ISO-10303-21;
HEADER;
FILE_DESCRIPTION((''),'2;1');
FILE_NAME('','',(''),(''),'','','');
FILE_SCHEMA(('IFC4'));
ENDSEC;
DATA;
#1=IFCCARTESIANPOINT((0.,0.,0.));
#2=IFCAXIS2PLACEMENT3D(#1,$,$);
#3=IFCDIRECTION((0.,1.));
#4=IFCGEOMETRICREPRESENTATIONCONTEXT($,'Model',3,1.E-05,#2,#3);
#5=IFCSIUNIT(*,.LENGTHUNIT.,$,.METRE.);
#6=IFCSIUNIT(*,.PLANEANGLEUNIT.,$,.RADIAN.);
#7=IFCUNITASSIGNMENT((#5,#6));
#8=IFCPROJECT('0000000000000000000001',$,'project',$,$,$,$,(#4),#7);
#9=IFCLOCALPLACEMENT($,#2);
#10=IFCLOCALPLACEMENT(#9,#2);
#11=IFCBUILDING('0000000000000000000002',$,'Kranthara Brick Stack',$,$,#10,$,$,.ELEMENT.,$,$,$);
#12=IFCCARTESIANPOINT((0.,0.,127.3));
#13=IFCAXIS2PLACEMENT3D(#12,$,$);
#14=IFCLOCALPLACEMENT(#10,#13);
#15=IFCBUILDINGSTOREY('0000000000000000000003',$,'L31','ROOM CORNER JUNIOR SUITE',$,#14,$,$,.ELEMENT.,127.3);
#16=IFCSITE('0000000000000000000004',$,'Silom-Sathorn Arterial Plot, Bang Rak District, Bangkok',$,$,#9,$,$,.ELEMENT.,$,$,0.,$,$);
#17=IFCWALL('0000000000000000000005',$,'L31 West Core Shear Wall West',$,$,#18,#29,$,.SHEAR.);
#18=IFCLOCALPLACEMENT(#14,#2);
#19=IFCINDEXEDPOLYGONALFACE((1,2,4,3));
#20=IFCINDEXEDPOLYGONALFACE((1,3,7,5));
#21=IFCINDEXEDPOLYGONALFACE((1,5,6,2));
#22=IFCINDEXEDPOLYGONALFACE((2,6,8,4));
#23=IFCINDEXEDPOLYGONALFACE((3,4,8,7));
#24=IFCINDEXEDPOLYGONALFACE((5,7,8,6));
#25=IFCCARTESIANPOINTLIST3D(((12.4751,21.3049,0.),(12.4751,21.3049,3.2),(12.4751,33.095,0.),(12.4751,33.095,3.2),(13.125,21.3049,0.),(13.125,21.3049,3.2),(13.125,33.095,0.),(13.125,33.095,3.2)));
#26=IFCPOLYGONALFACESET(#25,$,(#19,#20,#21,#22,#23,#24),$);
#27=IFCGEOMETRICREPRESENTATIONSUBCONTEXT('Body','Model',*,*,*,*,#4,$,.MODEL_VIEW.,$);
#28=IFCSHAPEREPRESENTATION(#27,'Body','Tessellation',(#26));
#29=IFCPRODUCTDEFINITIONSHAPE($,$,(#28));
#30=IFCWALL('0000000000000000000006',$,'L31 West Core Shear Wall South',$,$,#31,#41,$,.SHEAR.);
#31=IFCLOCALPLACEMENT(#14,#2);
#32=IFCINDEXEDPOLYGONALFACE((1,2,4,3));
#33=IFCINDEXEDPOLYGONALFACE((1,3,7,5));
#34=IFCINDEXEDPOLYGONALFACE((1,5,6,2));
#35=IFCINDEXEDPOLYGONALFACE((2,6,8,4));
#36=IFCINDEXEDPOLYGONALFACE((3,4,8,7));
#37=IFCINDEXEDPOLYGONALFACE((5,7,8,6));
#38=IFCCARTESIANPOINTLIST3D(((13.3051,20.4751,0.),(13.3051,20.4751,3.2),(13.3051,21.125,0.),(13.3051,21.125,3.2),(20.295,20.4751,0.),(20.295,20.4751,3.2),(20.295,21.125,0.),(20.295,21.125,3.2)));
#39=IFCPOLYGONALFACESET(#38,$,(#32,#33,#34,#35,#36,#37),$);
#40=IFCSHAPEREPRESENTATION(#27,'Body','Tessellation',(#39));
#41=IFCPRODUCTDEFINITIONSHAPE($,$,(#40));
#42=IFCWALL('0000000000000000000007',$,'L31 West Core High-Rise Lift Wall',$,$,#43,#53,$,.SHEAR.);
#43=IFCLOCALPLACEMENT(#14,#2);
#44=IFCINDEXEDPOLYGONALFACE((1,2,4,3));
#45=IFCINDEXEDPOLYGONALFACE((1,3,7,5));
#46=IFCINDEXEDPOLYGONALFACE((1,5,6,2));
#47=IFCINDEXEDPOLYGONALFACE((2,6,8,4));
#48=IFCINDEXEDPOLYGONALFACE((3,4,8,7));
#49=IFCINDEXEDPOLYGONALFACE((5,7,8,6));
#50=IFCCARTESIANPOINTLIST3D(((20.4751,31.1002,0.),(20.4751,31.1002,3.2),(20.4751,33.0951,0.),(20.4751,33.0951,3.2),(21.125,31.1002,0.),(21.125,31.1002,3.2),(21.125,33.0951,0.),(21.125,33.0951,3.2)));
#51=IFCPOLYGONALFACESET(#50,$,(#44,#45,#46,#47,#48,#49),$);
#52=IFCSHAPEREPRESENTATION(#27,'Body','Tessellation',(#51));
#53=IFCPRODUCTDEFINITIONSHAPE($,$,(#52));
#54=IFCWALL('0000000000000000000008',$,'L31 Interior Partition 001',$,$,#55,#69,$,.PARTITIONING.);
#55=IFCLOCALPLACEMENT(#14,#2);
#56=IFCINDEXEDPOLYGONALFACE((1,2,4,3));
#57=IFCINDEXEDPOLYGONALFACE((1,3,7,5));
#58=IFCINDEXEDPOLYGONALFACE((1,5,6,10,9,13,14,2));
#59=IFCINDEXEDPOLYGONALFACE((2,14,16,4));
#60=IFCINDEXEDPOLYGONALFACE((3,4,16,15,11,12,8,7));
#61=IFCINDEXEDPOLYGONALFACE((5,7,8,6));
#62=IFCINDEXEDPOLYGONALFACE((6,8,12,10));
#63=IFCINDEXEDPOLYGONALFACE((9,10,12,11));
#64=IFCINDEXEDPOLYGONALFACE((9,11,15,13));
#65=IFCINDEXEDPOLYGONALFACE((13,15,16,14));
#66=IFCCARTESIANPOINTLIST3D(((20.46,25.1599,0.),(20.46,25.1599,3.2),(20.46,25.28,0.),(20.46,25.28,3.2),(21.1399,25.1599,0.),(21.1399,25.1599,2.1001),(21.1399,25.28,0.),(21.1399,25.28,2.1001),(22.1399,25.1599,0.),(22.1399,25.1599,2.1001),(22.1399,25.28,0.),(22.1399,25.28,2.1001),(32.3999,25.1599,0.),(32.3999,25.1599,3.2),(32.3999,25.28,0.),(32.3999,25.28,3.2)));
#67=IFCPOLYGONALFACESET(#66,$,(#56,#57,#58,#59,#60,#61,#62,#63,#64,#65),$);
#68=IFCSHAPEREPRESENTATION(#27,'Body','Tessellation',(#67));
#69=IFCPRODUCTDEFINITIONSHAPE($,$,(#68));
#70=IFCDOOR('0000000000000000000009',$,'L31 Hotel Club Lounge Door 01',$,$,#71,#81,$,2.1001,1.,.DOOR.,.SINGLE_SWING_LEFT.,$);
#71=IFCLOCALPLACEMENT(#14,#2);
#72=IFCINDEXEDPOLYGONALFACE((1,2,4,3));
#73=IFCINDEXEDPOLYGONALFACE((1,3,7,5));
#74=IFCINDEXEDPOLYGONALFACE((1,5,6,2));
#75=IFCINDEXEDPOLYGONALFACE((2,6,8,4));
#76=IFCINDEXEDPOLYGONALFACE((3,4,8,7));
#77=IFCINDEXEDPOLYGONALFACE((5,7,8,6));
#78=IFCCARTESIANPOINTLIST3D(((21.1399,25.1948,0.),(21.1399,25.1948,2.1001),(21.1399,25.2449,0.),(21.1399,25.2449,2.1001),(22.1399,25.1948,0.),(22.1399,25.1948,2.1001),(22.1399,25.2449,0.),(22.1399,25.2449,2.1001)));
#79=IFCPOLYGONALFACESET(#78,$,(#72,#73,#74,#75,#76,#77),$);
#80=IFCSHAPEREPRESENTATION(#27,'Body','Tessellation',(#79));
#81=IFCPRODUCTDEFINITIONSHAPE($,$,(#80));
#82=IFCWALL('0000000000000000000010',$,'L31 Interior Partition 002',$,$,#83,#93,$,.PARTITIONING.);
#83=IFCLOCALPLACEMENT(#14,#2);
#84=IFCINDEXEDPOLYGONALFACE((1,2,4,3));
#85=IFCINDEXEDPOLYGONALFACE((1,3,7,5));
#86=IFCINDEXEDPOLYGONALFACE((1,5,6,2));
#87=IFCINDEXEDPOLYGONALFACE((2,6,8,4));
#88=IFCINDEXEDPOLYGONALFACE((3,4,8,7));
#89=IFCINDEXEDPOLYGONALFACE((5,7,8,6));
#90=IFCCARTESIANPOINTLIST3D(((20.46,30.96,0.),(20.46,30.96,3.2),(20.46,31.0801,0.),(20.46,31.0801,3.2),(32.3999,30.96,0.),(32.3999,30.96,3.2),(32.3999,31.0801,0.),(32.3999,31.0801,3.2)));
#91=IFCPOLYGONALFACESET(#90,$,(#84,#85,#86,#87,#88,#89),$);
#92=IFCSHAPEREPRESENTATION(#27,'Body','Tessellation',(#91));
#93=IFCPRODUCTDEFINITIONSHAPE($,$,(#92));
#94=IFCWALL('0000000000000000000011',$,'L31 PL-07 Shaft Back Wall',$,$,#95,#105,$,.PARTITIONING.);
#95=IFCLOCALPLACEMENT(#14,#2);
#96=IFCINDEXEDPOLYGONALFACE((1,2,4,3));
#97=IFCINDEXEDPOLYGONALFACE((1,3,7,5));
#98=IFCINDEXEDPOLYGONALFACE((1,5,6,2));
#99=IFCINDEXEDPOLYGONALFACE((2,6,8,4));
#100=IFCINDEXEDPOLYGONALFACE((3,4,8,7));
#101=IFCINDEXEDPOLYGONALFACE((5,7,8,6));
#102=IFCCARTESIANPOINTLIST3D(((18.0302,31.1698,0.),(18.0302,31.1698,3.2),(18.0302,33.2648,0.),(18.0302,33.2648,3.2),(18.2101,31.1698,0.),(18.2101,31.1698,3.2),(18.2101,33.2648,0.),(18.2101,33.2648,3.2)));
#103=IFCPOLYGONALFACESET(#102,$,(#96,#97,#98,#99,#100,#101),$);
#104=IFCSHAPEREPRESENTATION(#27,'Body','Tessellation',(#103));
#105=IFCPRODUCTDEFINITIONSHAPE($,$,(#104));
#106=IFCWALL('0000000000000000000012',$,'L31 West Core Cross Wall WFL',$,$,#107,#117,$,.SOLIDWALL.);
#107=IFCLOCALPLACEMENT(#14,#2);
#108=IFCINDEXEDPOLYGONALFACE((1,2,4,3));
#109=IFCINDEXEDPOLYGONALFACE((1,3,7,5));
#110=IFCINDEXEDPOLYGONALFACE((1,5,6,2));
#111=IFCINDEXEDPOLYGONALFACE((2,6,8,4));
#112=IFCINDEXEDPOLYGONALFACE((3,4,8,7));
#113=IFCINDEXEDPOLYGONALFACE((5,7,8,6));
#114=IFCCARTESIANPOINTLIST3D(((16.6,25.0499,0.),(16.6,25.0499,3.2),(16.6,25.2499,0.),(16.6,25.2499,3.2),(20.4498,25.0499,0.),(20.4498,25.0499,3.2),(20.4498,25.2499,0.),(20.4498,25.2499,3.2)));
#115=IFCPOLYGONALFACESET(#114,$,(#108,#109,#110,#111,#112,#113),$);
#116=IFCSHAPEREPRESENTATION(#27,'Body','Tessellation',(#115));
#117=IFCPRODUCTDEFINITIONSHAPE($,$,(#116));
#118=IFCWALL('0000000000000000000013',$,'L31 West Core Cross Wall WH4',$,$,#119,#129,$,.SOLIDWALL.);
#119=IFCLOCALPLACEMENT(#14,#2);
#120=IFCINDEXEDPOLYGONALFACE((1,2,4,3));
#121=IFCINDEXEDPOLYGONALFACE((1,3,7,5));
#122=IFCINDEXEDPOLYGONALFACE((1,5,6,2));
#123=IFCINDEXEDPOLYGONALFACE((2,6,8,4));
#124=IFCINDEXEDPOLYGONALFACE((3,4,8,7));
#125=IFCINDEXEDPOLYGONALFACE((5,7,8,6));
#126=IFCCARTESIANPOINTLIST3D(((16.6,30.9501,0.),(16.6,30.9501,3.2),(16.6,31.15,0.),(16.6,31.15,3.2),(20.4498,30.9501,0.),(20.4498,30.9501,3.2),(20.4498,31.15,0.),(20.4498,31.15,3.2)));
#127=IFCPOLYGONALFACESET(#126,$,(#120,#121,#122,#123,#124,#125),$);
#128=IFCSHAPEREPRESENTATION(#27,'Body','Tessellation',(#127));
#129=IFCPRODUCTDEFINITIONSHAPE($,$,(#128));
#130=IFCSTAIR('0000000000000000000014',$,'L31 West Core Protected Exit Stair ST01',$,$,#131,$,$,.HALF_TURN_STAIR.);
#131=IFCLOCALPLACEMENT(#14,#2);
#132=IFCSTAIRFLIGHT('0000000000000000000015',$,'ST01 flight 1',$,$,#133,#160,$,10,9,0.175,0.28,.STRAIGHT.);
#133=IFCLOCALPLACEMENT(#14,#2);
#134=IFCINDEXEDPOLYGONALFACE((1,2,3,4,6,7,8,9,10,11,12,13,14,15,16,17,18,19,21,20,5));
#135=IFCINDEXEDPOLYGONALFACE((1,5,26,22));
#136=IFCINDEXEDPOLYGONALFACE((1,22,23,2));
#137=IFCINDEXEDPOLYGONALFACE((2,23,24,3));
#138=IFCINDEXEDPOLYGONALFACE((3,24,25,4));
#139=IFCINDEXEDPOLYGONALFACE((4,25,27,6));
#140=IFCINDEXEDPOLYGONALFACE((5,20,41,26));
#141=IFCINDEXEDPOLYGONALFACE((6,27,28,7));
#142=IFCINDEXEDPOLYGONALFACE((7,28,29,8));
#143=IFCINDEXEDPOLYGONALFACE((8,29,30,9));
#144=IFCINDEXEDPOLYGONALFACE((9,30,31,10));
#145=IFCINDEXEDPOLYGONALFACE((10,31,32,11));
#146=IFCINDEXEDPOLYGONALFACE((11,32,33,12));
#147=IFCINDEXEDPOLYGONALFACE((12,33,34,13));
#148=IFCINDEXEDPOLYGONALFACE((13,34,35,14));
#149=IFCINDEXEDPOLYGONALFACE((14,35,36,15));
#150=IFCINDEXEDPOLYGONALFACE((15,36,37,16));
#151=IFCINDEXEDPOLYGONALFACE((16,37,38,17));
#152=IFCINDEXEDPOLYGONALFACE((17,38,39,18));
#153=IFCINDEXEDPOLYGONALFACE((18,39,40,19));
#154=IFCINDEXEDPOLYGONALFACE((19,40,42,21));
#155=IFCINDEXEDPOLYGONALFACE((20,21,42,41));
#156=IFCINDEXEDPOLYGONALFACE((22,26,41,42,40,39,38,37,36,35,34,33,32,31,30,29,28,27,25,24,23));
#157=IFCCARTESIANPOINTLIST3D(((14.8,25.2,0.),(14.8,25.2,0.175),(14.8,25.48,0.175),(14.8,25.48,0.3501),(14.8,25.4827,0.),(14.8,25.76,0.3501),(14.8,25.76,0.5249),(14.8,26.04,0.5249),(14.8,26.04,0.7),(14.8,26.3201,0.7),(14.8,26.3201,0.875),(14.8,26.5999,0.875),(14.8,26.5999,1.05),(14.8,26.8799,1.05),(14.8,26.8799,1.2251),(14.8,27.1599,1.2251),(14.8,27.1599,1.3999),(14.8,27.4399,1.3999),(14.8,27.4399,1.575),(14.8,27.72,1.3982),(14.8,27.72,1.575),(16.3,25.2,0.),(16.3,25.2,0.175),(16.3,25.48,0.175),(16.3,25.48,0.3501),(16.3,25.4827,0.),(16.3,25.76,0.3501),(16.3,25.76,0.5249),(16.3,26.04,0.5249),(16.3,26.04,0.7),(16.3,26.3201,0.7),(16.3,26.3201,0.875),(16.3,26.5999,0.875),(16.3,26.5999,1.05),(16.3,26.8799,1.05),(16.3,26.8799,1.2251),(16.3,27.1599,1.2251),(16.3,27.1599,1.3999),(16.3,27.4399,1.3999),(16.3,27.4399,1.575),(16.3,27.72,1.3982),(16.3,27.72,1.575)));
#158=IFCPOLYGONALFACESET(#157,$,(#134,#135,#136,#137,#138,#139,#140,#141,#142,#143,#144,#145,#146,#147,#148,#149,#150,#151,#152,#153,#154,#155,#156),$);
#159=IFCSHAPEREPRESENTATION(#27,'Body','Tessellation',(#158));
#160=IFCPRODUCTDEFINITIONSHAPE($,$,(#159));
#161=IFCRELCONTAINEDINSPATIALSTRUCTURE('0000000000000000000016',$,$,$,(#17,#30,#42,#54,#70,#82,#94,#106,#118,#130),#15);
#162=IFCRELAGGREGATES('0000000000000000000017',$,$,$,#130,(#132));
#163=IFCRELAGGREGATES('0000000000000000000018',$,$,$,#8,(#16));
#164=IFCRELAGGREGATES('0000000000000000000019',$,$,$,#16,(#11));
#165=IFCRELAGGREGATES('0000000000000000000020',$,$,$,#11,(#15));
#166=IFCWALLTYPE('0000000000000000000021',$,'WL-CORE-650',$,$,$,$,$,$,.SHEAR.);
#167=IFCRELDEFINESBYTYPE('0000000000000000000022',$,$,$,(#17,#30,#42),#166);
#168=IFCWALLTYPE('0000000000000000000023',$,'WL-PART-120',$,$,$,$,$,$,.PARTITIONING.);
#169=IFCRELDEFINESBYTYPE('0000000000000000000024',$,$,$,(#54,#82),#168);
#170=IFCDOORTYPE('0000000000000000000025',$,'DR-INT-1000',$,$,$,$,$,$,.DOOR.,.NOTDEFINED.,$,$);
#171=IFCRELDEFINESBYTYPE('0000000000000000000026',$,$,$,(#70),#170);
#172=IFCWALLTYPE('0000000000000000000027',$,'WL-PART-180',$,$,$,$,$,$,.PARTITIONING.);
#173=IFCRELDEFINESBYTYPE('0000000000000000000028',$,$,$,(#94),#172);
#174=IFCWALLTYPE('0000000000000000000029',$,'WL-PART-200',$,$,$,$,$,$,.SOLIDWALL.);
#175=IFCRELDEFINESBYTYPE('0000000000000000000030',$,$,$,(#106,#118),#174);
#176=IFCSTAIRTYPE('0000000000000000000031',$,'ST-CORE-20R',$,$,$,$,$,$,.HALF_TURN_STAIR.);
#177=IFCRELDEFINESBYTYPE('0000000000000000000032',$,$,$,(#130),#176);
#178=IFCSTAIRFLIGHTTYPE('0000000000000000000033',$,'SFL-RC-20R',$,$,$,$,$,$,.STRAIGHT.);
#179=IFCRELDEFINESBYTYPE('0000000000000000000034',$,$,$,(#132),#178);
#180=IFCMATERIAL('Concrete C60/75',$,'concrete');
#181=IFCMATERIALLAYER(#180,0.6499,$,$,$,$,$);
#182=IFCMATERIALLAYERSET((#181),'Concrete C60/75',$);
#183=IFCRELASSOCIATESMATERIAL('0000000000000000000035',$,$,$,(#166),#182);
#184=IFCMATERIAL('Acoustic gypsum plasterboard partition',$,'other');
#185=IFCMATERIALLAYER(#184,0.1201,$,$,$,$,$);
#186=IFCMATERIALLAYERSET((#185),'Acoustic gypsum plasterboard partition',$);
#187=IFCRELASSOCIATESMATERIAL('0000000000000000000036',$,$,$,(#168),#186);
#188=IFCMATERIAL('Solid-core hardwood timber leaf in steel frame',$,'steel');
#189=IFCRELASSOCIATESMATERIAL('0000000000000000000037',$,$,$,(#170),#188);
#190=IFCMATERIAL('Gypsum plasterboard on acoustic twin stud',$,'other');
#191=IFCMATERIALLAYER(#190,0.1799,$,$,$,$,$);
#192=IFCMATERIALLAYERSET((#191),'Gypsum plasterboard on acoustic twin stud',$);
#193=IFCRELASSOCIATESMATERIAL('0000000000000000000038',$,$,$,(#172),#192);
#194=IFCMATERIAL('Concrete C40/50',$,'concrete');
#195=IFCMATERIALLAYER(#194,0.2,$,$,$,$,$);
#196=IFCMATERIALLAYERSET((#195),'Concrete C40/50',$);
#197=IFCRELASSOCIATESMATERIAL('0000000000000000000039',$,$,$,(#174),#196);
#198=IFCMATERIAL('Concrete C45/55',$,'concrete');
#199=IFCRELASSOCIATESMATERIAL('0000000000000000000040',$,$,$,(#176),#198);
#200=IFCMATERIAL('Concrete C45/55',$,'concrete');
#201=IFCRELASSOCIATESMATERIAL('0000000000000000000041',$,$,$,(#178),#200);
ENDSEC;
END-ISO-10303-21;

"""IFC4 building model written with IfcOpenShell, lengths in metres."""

from ifc_helpers import new_model, si_unit, direction, frame, frame_2d, origin, place, context, subcontext, project, spatial, polyline, rectangle, outline, extrude, material, layer, layer_set, type_object, element, fill, aggregate, save


model = new_model("IFC4")

# Units and contexts
model_context = context("Model", 3, precision=1e-05, world=origin(), true_north=direction((0.0, 1.0)))
body_context = subcontext(model_context, "Body", "Model", "MODEL_VIEW")
ifc_project = project(units=[si_unit("LENGTHUNIT", "METRE"), si_unit("PLANEANGLEUNIT", "RADIAN")], contexts=[model_context])

# Site, building, storey
site_placement = place(None, origin())
site = spatial("IfcSite", under=ifc_project, at=site_placement, Name="Silom-Sathorn Arterial Plot, Bang Rak District, Bangkok", CompositionType="ELEMENT", RefElevation=0.0)
building_placement = place(site_placement, origin())
building = spatial("IfcBuilding", under=site, at=building_placement, Name="Kranthara Brick Stack", CompositionType="ELEMENT")
storey_placement = place(building_placement, frame((0.0, 0.0, 127.3)))
storey = spatial("IfcBuildingStorey", under=building, at=storey_placement, Name="L31", Description="ROOM CORNER JUNIOR SUITE", CompositionType="ELEMENT", Elevation=127.3)

# Walls
ifc_material_1 = material(Name="Concrete C60/75", Category="concrete")
ifc_layer_1 = layer(ifc_material_1, 0.6499)
ifc_layer_set_1 = layer_set([ifc_layer_1], Name="Concrete C60/75")
wall_type_1 = type_object("IfcWallType", Name="WL-CORE-650", PredefinedType="SHEAR", material=ifc_layer_set_1)
wall_1_placement = place(storey_placement, frame((12.8, 21.3049, 0.0), z_axis=(0.0, 0.0, 1.0), x_axis=(0.0, 1.0, 0.0)))
element("IfcWall", 1, at=wall_1_placement, inside=storey, type_object=wall_type_1, Name="L31 West Core Shear Wall West", PredefinedType="SHEAR", context=body_context, shape_type="SweptSolid", body=[
    extrude(rectangle(XDim=11.79, YDim=0.6499, at=frame_2d((5.895, 0.0))), origin(), (0.0, 0.0, 1.0), 3.2),
])
wall_2_placement = place(storey_placement, frame((13.3049, 20.8, 0.0), z_axis=(0.0, 0.0, 1.0), x_axis=(1.0, 0.0, 0.0)))
element("IfcWall", 2, at=wall_2_placement, inside=storey, type_object=wall_type_1, Name="L31 West Core Shear Wall South", PredefinedType="SHEAR", context=body_context, shape_type="SweptSolid", body=[
    extrude(rectangle(XDim=6.99, YDim=0.6499, at=frame_2d((3.4951, 0.0))), origin(), (0.0, 0.0, 1.0), 3.2),
])

# Wall
wall_3_placement = place(storey_placement, frame((20.8, 31.1001, 0.0), z_axis=(0.0, 0.0, 1.0), x_axis=(0.0, 1.0, 0.0)))
element("IfcWall", 3, at=wall_3_placement, inside=storey, type_object=wall_type_1, Name="L31 West Core High-Rise Lift Wall", PredefinedType="SHEAR", context=body_context, shape_type="SweptSolid", body=[
    extrude(rectangle(XDim=1.9949, YDim=0.6499, at=frame_2d((0.9976, 0.0))), origin(), (0.0, 0.0, 1.0), 3.2),
])

# Wall, opening, door
ifc_material_2 = material(Name="Acoustic gypsum plasterboard partition", Category="other")
ifc_layer_2 = layer(ifc_material_2, 0.1201)
ifc_layer_set_2 = layer_set([ifc_layer_2], Name="Acoustic gypsum plasterboard partition")
wall_type_2 = type_object("IfcWallType", Name="WL-PART-120", PredefinedType="PARTITIONING", material=ifc_layer_set_2)
wall_4_placement = place(storey_placement, frame((20.46, 25.22, 0.0), z_axis=(0.0, 0.0, 1.0), x_axis=(1.0, 0.0, 0.0)))
wall_4 = element("IfcWall", 4, at=wall_4_placement, inside=storey, type_object=wall_type_2, Name="L31 Interior Partition 001", PredefinedType="PARTITIONING", context=body_context, shape_type="SweptSolid", body=[
    extrude(rectangle(XDim=11.9399, YDim=0.1201, at=frame_2d((5.97, 0.0))), origin(), (0.0, 0.0, 1.0), 3.2),
])
opening_1_placement = place(wall_4_placement, frame((0.6799, 0.0, 0.0)))
opening_1 = element("IfcOpeningElement", 5, at=opening_1_placement, cuts=wall_4, PredefinedType="OPENING", context=body_context, shape_type="SweptSolid", body=[
    extrude(rectangle(XDim=1.0, YDim=2.1001, at=frame_2d((0.5, 1.05))), frame((0.0, 0.0701, 0.0), z_axis=(0.0, -1.0, 0.0), x_axis=(1.0, 0.0, 0.0)), (0.0, 0.0, 1.0), 0.1401),
])
ifc_material_3 = material(Name="Solid-core hardwood timber leaf in steel frame", Category="steel")
door_type_1 = type_object("IfcDoorType", Name="DR-INT-1000", OperationType="NOTDEFINED", PredefinedType="DOOR", material=ifc_material_3)
door_1_placement = place(opening_1_placement, origin())
door_1 = element("IfcDoor", 6, at=door_1_placement, inside=storey, type_object=door_type_1, Name="L31 Hotel Club Lounge Door 01", OperationType="SINGLE_SWING_LEFT", OverallHeight=2.1001, OverallWidth=1.0, PredefinedType="DOOR", context=body_context, shape_type="SweptSolid", body=[
    extrude(rectangle(XDim=1.0, YDim=2.1001, at=frame_2d((0.5, 1.05))), frame((0.0, 0.0249, 0.0), z_axis=(0.0, -1.0, 0.0), x_axis=(1.0, 0.0, 0.0)), (0.0, 0.0, 1.0), 0.05),
])
fill(opening_1, door_1)

# Walls
wall_5_placement = place(storey_placement, frame((20.46, 31.02, 0.0), z_axis=(0.0, 0.0, 1.0), x_axis=(1.0, 0.0, 0.0)))
element("IfcWall", 7, at=wall_5_placement, inside=storey, type_object=wall_type_2, Name="L31 Interior Partition 002", PredefinedType="PARTITIONING", context=body_context, shape_type="SweptSolid", body=[
    extrude(rectangle(XDim=11.9399, YDim=0.1201, at=frame_2d((5.97, 0.0))), origin(), (0.0, 0.0, 1.0), 3.2),
])
ifc_material_4 = material(Name="Gypsum plasterboard on acoustic twin stud", Category="other")
ifc_layer_3 = layer(ifc_material_4, 0.1799)
ifc_layer_set_3 = layer_set([ifc_layer_3], Name="Gypsum plasterboard on acoustic twin stud")
wall_type_3 = type_object("IfcWallType", Name="WL-PART-180", PredefinedType="PARTITIONING", material=ifc_layer_set_3)
wall_6_placement = place(storey_placement, frame((18.1201, 31.1699, 0.0), z_axis=(0.0, 0.0, 1.0), x_axis=(0.0, 1.0, 0.0)))
element("IfcWall", 8, at=wall_6_placement, inside=storey, type_object=wall_type_3, Name="L31 PL-07 Shaft Back Wall", PredefinedType="PARTITIONING", context=body_context, shape_type="SweptSolid", body=[
    extrude(rectangle(XDim=2.095, YDim=0.1799, at=frame_2d((1.0474, 0.0))), origin(), (0.0, 0.0, 1.0), 3.2),
])
ifc_material_5 = material(Name="Concrete C40/50", Category="concrete")
ifc_layer_4 = layer(ifc_material_5, 0.2)
ifc_layer_set_4 = layer_set([ifc_layer_4], Name="Concrete C40/50")
wall_type_4 = type_object("IfcWallType", Name="WL-PART-200", PredefinedType="SOLIDWALL", material=ifc_layer_set_4)
for number, where, z_axis, x_axis, name in (
    (9, (16.6001, 25.1499, 0.0), (0.0, 0.0, 1.0), (1.0, 0.0, 0.0), "L31 West Core Cross Wall WFL"),
    (10, (16.6001, 31.05, 0.0), (0.0, 0.0, 1.0), (1.0, 0.0, 0.0), "L31 West Core Cross Wall WH4"),
):
    element("IfcWall", number, at=place(storey_placement, frame(where, z_axis=z_axis, x_axis=x_axis)), inside=storey, type_object=wall_type_4, Name=name, PredefinedType="SOLIDWALL", context=body_context, shape_type="SweptSolid", body=[
        extrude(rectangle(XDim=3.8499, YDim=0.2, at=frame_2d((1.9248, 0.0))), origin(), (0.0, 0.0, 1.0), 3.2),
    ])

# Stair, stair flight
ifc_material_6 = material(Name="Concrete C45/55", Category="concrete")
stair_type = type_object("IfcStairType", Name="ST-CORE-20R", PredefinedType="HALF_TURN_STAIR", material=ifc_material_6)
stair_placement = place(storey_placement, origin())
stair = element("IfcStair", 11, at=stair_placement, inside=storey, type_object=stair_type, Name="L31 West Core Protected Exit Stair ST01", PredefinedType="HALF_TURN_STAIR")
ifc_material_7 = material(Name="Concrete C45/55", Category="concrete")
stair_flight_type = type_object("IfcStairFlightType", Name="SFL-RC-20R", PredefinedType="STRAIGHT", material=ifc_material_7)
stair_flight_1_placement = place(storey_placement, frame((15.55, 25.2, 0.0), z_axis=(0.0, 0.0, 1.0), x_axis=(0.0, 1.0, 0.0)))
stair_flight_1 = element("IfcStairFlight", 12, at=stair_flight_1_placement, type_object=stair_flight_type, Name="ST01 flight 1", NumberOfRisers=10, NumberOfTreads=9, PredefinedType="STRAIGHT", RiserHeight=0.175, TreadLength=0.28, context=body_context, shape_type="SweptSolid", body=[
    extrude(outline(polyline([(0.0, 0.0), (0.0, 0.175), (0.28, 0.175), (0.28, 0.3501), (0.5601, 0.3501), (0.5601, 0.5249), (0.8401, 0.5249), (0.8401, 0.7), (1.1201, 0.7), (1.1201, 0.875), (1.3999, 0.875), (1.3999, 1.05), (1.6799, 1.05), (1.6799, 1.2251), (1.96, 1.2251), (1.96, 1.3999), (2.24, 1.3999), (2.24, 1.575), (2.52, 1.575), (2.52, 1.75), (2.52, 1.3982), (0.2827, 0.0), (0.0, 0.0)])), frame((0.0, 0.75, 0.0), z_axis=(0.0, -1.0, 0.0), x_axis=(1.0, 0.0, 0.0)), (0.0, 0.0, 1.0), 1.5),
])
aggregate(stair, [stair_flight_1])

save(model, "model.ifc")
